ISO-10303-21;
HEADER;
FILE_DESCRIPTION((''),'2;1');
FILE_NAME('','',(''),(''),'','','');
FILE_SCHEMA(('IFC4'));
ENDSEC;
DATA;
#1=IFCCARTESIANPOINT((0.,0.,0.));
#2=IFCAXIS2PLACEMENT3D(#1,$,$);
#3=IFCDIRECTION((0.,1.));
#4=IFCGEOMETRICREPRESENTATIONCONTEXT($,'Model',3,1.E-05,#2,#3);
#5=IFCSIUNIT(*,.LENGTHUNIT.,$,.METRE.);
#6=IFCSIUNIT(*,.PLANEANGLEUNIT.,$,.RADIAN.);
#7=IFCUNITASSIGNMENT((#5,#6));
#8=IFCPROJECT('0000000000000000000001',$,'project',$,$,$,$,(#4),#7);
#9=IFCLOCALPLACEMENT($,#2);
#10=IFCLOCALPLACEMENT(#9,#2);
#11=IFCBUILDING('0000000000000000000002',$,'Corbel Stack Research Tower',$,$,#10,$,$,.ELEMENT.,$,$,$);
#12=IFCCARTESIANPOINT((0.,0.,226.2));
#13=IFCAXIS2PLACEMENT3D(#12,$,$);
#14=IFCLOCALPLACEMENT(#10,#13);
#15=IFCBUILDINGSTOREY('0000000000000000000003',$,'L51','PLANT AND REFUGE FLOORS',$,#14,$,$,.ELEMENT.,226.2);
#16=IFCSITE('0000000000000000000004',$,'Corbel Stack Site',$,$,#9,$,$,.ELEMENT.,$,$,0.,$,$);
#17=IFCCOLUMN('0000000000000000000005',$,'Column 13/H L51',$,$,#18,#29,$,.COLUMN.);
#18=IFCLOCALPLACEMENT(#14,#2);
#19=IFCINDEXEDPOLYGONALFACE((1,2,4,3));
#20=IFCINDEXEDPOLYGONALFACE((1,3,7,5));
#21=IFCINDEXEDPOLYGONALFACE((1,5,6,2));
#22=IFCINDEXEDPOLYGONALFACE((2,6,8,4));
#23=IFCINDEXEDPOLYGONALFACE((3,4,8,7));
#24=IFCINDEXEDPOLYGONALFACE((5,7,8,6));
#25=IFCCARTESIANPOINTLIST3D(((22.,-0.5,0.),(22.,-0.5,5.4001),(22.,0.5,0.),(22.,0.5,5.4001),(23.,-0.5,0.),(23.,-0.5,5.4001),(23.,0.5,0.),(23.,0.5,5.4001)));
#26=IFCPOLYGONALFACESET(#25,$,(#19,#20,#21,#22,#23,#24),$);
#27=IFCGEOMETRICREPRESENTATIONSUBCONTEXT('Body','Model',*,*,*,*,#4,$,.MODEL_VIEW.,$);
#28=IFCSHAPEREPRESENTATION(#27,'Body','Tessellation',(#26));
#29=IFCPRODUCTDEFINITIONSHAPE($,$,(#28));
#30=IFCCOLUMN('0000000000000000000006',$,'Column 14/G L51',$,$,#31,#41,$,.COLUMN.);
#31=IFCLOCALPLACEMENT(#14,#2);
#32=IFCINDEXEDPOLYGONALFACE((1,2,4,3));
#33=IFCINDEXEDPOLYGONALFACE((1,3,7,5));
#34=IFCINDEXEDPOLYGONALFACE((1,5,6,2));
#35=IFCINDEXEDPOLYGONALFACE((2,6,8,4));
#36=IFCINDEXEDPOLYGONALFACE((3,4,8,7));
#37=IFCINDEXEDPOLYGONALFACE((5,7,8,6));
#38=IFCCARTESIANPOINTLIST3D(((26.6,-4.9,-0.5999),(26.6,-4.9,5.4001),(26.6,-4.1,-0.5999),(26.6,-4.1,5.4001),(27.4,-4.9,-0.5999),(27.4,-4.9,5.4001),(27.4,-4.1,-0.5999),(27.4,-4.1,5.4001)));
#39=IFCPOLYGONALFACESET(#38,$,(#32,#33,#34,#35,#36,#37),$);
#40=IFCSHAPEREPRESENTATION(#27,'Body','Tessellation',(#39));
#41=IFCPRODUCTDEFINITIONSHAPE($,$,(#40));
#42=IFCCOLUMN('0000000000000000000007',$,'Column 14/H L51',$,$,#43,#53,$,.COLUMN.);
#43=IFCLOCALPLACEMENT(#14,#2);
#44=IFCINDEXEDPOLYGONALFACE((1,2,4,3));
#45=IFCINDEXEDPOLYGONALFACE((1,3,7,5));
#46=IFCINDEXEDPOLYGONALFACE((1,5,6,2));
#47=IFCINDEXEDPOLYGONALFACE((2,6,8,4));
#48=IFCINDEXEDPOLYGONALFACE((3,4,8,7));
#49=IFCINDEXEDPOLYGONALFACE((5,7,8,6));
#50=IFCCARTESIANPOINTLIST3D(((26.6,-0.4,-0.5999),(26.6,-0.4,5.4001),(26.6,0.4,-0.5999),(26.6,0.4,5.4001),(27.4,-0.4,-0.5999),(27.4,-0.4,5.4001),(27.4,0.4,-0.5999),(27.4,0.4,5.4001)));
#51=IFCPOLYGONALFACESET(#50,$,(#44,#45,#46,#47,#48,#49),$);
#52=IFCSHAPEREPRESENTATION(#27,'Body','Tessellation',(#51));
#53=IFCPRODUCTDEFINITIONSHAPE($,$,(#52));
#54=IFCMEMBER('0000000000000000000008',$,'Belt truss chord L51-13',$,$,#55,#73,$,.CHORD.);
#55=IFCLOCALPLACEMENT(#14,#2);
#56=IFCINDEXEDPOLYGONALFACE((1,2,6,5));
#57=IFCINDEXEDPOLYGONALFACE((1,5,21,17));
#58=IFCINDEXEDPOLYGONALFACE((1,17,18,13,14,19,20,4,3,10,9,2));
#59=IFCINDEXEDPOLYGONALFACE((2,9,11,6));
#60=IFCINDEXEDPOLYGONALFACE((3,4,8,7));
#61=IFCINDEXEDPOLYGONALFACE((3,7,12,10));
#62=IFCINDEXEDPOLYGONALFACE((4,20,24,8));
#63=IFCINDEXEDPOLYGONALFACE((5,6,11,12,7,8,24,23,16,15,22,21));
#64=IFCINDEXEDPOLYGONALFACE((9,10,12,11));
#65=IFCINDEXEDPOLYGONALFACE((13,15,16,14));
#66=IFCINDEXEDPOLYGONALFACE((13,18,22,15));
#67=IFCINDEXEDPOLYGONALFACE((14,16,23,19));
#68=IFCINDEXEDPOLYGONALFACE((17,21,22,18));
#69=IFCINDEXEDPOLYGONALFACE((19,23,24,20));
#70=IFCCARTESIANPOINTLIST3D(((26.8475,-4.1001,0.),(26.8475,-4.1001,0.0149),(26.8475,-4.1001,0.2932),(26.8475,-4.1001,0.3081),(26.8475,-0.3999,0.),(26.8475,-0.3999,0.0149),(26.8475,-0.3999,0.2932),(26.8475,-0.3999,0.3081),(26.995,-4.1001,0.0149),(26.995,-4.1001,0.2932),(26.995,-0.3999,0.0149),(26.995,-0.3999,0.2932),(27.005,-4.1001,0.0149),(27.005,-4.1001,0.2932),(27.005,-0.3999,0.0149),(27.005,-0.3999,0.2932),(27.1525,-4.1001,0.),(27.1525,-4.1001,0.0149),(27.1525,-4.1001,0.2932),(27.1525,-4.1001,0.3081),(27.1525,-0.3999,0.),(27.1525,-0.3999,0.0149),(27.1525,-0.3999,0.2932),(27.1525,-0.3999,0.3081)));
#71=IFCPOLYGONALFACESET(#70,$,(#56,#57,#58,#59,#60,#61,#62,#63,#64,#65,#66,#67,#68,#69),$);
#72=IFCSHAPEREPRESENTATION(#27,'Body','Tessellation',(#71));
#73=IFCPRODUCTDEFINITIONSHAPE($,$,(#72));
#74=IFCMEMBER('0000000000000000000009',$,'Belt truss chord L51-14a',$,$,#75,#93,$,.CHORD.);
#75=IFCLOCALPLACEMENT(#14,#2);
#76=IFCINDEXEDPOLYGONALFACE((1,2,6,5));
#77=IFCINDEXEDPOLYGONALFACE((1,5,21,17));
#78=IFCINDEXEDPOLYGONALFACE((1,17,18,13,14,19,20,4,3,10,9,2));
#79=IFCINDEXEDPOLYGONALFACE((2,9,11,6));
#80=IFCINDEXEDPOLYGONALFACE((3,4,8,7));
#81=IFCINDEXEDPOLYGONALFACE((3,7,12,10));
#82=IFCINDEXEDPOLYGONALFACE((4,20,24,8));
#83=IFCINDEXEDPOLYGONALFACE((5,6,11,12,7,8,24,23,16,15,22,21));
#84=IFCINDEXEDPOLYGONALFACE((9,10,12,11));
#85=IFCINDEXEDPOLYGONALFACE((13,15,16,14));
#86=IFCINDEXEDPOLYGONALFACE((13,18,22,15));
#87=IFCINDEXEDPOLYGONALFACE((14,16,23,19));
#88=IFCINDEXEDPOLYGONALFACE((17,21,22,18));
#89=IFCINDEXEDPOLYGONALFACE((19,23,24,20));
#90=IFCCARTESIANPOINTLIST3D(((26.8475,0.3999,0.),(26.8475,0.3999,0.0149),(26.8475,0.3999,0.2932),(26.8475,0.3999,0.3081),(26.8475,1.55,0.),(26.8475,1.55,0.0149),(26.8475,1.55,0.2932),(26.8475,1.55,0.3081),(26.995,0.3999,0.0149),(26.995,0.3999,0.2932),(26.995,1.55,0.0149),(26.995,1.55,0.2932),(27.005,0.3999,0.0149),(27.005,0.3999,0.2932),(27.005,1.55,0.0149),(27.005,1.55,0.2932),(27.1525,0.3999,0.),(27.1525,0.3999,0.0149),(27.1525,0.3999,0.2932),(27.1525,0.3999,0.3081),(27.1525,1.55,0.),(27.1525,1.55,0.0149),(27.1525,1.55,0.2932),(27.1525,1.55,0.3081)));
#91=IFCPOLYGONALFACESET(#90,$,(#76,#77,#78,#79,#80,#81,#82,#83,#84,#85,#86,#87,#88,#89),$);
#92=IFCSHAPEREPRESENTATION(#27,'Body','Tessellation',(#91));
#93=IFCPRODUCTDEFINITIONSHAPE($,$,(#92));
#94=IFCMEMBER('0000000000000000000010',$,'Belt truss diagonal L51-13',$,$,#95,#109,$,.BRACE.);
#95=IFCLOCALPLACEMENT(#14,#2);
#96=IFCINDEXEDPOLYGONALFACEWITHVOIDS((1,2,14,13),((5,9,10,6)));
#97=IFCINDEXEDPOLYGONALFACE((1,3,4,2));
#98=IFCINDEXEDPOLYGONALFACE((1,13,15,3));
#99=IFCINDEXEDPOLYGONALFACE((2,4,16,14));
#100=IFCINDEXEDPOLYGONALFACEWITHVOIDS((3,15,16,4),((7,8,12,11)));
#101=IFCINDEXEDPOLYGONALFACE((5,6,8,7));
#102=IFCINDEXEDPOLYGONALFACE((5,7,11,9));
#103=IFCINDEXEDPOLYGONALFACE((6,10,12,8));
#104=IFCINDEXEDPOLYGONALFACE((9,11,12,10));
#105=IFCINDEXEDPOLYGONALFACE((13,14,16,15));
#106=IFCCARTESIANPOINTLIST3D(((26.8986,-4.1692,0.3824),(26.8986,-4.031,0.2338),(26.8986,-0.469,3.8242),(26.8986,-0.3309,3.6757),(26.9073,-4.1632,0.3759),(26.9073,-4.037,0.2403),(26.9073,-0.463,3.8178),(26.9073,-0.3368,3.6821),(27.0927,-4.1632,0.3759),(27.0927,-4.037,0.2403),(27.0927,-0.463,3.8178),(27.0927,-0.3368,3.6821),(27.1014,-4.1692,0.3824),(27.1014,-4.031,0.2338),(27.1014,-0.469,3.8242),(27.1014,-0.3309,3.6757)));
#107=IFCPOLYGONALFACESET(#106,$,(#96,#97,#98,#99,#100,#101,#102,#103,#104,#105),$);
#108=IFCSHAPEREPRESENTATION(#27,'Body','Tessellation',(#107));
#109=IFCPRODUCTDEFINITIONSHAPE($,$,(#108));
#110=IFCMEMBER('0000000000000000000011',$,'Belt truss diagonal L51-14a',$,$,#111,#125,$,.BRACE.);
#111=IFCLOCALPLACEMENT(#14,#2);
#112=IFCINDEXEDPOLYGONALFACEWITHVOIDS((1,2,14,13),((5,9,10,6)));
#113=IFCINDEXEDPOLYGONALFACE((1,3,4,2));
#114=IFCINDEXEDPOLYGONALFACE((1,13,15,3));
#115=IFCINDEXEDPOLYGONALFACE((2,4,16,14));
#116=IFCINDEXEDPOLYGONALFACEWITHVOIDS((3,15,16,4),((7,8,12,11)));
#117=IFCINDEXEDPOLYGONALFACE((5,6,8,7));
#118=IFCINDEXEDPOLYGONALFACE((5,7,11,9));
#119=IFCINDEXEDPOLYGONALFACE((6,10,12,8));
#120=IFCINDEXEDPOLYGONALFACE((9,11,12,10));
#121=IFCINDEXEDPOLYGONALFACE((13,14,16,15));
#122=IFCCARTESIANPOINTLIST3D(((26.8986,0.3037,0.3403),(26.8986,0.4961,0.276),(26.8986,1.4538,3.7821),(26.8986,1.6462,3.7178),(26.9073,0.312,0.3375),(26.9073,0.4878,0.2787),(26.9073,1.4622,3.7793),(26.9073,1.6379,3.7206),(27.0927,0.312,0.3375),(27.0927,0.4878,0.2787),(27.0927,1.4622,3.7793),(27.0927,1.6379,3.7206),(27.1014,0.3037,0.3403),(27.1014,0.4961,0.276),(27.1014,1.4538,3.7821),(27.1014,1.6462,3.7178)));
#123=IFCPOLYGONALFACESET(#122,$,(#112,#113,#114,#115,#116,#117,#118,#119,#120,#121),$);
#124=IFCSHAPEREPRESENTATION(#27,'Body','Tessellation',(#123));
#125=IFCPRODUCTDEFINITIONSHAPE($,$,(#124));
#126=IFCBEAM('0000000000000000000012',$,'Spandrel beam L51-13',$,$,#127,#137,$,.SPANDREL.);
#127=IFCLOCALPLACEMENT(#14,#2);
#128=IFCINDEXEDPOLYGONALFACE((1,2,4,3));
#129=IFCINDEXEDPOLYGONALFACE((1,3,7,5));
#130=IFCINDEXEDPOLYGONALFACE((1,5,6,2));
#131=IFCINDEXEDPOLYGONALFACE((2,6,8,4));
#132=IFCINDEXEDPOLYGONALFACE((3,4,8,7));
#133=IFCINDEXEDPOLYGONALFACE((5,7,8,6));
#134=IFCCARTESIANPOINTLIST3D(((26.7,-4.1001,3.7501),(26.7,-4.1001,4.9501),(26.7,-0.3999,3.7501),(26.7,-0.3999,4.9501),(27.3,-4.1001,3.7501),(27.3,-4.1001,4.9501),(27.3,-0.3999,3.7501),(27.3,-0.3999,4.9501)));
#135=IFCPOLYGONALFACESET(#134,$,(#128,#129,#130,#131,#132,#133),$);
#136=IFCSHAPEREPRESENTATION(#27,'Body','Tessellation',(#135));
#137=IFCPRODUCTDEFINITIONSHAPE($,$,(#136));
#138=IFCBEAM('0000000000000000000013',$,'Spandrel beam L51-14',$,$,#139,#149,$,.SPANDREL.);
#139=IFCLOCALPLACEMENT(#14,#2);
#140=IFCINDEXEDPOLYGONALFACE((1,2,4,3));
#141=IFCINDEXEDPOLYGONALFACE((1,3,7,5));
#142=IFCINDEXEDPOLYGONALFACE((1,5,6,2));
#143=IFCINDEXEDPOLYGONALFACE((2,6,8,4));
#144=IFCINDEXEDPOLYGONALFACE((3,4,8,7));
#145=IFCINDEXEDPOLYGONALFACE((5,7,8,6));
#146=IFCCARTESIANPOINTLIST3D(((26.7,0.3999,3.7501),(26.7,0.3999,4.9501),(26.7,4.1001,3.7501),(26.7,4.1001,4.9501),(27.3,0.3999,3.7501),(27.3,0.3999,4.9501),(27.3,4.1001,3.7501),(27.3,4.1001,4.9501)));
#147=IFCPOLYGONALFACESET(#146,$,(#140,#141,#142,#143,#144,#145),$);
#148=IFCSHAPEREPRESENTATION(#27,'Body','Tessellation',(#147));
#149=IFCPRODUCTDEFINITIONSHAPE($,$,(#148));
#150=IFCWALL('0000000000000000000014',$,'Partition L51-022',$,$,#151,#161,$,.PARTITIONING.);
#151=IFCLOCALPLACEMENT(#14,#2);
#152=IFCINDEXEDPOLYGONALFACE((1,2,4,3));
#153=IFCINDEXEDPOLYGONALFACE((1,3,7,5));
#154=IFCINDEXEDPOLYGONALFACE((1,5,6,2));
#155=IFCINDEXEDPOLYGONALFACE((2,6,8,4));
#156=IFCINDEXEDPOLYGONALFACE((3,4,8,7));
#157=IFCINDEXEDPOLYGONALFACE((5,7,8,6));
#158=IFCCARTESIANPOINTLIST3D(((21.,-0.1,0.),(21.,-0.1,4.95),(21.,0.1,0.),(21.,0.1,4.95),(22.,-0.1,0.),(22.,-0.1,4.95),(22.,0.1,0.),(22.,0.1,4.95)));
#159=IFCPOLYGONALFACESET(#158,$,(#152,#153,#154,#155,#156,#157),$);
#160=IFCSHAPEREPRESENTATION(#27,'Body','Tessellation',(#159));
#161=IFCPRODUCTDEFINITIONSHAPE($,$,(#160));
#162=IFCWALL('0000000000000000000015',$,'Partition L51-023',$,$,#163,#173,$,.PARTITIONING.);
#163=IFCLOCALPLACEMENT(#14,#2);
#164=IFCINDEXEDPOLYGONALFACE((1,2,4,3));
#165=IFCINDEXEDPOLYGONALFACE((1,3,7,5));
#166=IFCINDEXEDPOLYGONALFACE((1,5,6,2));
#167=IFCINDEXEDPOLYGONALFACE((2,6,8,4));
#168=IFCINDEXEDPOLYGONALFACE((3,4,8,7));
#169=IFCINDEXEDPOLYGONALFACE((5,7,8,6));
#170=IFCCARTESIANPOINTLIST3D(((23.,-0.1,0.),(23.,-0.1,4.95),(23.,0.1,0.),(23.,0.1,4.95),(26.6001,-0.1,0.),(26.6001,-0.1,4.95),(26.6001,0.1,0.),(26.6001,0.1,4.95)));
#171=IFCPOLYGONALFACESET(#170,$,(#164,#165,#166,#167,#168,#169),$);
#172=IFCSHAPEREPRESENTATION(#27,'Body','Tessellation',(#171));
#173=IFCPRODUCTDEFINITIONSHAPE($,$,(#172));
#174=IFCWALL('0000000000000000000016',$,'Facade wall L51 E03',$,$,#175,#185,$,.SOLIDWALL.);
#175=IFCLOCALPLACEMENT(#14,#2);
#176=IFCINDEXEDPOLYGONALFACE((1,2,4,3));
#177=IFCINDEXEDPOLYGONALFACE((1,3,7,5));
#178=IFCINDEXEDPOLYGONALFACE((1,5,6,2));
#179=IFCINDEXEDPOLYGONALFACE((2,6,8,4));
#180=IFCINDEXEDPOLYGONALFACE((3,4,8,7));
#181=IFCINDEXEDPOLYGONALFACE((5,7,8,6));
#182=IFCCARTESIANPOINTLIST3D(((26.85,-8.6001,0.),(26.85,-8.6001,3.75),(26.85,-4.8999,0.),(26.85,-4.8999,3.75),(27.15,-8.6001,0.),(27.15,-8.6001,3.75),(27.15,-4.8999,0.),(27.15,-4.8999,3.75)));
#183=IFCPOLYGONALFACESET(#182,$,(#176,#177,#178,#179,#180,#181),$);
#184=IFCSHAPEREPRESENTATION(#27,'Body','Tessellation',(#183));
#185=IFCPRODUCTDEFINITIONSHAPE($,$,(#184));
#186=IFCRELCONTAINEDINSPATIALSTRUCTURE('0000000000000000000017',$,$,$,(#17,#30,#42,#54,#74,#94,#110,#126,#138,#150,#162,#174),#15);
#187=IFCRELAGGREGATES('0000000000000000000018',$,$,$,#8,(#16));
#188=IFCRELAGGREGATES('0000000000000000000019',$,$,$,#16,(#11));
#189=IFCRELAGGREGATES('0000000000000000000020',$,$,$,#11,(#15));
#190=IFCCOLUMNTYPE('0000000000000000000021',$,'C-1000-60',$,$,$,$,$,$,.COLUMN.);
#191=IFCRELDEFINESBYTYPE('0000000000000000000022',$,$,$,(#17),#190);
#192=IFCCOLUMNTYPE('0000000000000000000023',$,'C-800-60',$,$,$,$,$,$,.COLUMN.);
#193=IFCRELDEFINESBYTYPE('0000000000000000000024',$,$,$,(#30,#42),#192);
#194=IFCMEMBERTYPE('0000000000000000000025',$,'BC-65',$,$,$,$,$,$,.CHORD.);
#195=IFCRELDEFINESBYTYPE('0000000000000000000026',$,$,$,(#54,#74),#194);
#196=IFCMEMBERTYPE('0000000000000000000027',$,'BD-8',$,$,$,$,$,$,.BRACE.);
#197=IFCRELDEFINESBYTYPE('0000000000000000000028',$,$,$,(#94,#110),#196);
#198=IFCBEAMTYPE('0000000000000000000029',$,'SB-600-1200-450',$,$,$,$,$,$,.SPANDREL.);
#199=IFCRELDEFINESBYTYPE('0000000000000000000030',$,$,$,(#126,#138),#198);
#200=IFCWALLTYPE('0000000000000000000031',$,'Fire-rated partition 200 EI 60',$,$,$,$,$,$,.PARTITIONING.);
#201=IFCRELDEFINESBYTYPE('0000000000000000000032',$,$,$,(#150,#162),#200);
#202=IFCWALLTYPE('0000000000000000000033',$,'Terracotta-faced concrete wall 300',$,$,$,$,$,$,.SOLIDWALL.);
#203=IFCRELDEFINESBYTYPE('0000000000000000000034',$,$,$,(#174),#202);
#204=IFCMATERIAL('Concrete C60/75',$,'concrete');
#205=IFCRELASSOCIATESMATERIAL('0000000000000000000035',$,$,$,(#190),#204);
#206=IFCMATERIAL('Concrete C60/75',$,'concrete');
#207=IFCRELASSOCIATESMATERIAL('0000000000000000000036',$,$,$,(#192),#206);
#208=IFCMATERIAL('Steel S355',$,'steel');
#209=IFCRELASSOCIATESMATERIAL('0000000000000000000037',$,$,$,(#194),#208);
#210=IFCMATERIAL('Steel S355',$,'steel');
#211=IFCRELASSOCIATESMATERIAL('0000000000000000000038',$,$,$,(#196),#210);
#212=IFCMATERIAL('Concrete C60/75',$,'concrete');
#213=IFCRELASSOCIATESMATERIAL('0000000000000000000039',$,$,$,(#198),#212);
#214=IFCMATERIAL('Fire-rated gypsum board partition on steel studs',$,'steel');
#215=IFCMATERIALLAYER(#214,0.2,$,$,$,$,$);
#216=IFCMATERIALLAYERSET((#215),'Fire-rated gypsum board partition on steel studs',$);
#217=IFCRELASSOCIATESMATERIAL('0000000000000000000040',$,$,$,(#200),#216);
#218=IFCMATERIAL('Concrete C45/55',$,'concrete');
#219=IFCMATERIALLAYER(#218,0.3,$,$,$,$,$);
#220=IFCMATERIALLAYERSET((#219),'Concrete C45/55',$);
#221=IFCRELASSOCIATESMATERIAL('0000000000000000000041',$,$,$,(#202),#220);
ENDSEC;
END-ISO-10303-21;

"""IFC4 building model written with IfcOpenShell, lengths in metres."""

from ifc_helpers import new_model, si_unit, direction, frame, frame_2d, origin, origin_2d, place, context, subcontext, project, spatial, rectangle, hollow_rectangle, i_section, extrude, material, layer, layer_set, material_profile, profile_set, type_object, element, save


model = new_model("IFC4")

# Units and contexts
model_context = context("Model", 3, precision=1e-05, world=origin(), true_north=direction((0.0, 1.0)))
body_context = subcontext(model_context, "Body", "Model", "MODEL_VIEW")
ifc_project = project(units=[si_unit("LENGTHUNIT", "METRE"), si_unit("PLANEANGLEUNIT", "RADIAN")], contexts=[model_context])

# Site, building, storey
site_placement = place(None, origin())
site = spatial("IfcSite", under=ifc_project, at=site_placement, Name="Corbel Stack Site", CompositionType="ELEMENT", RefElevation=0.0)
building_placement = place(site_placement, origin())
building = spatial("IfcBuilding", under=site, at=building_placement, Name="Corbel Stack Research Tower", CompositionType="ELEMENT")
storey_placement = place(building_placement, frame((0.0, 0.0, 226.2)))
storey = spatial("IfcBuildingStorey", under=building, at=storey_placement, Name="L51", Description="PLANT AND REFUGE FLOORS", CompositionType="ELEMENT", Elevation=226.2)

# Columns
ifc_material_1 = material(Name="Concrete C60/75", Category="concrete")
ifc_material_profile_1 = material_profile(ifc_material_1, rectangle(XDim=1.0, YDim=1.0, at=origin_2d()), Name="RC 1000 x 1000")
ifc_profile_set_1 = profile_set([ifc_material_profile_1], Name="Concrete C60/75")
column_type_1 = type_object("IfcColumnType", Name="C-1000-60", PredefinedType="COLUMN", material=ifc_profile_set_1)
column_placement = place(storey_placement, frame((22.5, 0.0, 0.0), z_axis=(0.0, 0.0, 1.0), x_axis=(1.0, 0.0, 0.0)))
element("IfcColumn", 1, at=column_placement, inside=storey, type_object=column_type_1, Name="Column 13/H L51", PredefinedType="COLUMN", context=body_context, shape_type="SweptSolid", body=[
    extrude(rectangle(XDim=1.0, YDim=1.0, at=origin_2d()), origin(), (0.0, 0.0, 1.0), 5.4001),
])
ifc_material_2 = material(Name="Concrete C60/75", Category="concrete")
ifc_material_profile_2 = material_profile(ifc_material_2, rectangle(XDim=0.8, YDim=0.8, at=origin_2d()), Name="RC 800 x 800")
ifc_profile_set_2 = profile_set([ifc_material_profile_2], Name="Concrete C60/75")
column_type_2 = type_object("IfcColumnType", Name="C-800-60", PredefinedType="COLUMN", material=ifc_profile_set_2)
for number, where, z_axis, x_axis, name in (
    (2, (27.0, -4.5, -0.5999), (0.0, 0.0, 1.0), (1.0, 0.0, 0.0), "Column 14/G L51"),
    (3, (27.0, 0.0, -0.5999), (0.0, 0.0, 1.0), (1.0, 0.0, 0.0), "Column 14/H L51"),
):
    element("IfcColumn", number, at=place(storey_placement, frame(where, z_axis=z_axis, x_axis=x_axis)), inside=storey, type_object=column_type_2, Name=name, PredefinedType="COLUMN", context=body_context, shape_type="SweptSolid", body=[
        extrude(rectangle(XDim=0.8, YDim=0.8, at=origin_2d()), origin(), (0.0, 0.0, 1.0), 6.0),
    ])

# Members
ifc_material_3 = material(Name="Steel S355", Category="steel")
ifc_material_profile_3 = material_profile(ifc_material_3, i_section(OverallWidth=0.3049, OverallDepth=0.3081, WebThickness=0.01, FlangeThickness=0.0149, at=origin_2d()), Name="W12x65")
ifc_profile_set_3 = profile_set([ifc_material_profile_3], Name="Steel S355")
member_type_1 = type_object("IfcMemberType", Name="BC-65", PredefinedType="CHORD", material=ifc_profile_set_3)
member_1_placement = place(storey_placement, frame((27.0, -4.1001, 0.1541), z_axis=(0.0, 1.0, 0.0), x_axis=(-1.0, 0.0, 0.0)))
element("IfcMember", 4, at=member_1_placement, inside=storey, type_object=member_type_1, Name="Belt truss chord L51-13", PredefinedType="CHORD", context=body_context, shape_type="SweptSolid", body=[
    extrude(i_section(OverallWidth=0.3049, OverallDepth=0.3081, WebThickness=0.01, FlangeThickness=0.0149, at=origin_2d()), origin(), (0.0, 0.0, 1.0), 3.7002),
])
member_2_placement = place(storey_placement, frame((27.0, 0.3999, 0.1541), z_axis=(0.0, 1.0, 0.0), x_axis=(-1.0, 0.0, 0.0)))
element("IfcMember", 5, at=member_2_placement, inside=storey, type_object=member_type_1, Name="Belt truss chord L51-14a", PredefinedType="CHORD", context=body_context, shape_type="SweptSolid", body=[
    extrude(i_section(OverallWidth=0.3049, OverallDepth=0.3081, WebThickness=0.01, FlangeThickness=0.0149, at=origin_2d()), origin(), (0.0, 0.0, 1.0), 1.1501),
])
ifc_material_4 = material(Name="Steel S355", Category="steel")
ifc_material_profile_4 = material_profile(ifc_material_4, hollow_rectangle(XDim=0.2029, YDim=0.2029, WallThickness=0.0088, at=origin_2d()), Name="HSS8x8x3/8")
ifc_profile_set_4 = profile_set([ifc_material_profile_4], Name="Steel S355")
member_type_2 = type_object("IfcMemberType", Name="BD-8", PredefinedType="BRACE", material=ifc_profile_set_4)
member_3_placement = place(storey_placement, frame((27.0, -4.1001, 0.3081), z_axis=(0.0, 0.732201, 0.681088), x_axis=(-1.0, 0.0, 0.0)))
element("IfcMember", 6, at=member_3_placement, inside=storey, type_object=member_type_2, Name="Belt truss diagonal L51-13", PredefinedType="BRACE", context=body_context, shape_type="SweptSolid", body=[
    extrude(hollow_rectangle(XDim=0.2029, YDim=0.2029, WallThickness=0.0088, at=origin_2d()), origin(), (0.0, 0.0, 1.0), 5.0535),
])
member_4_placement = place(storey_placement, frame((27.0, 0.3999, 0.3081), z_axis=(0.0, 0.316934, 0.948448), x_axis=(-1.0, 0.0, 0.0)))
element("IfcMember", 7, at=member_4_placement, inside=storey, type_object=member_type_2, Name="Belt truss diagonal L51-14a", PredefinedType="BRACE", context=body_context, shape_type="SweptSolid", body=[
    extrude(hollow_rectangle(XDim=0.2029, YDim=0.2029, WallThickness=0.0088, at=origin_2d()), origin(), (0.0, 0.0, 1.0), 3.6289),
])

# Beams
ifc_material_5 = material(Name="Concrete C60/75", Category="concrete")
ifc_material_profile_5 = material_profile(ifc_material_5, rectangle(XDim=0.6001, YDim=1.2, at=origin_2d()), Name="RC 600 x 1200")
ifc_profile_set_5 = profile_set([ifc_material_profile_5], Name="Concrete C60/75")
beam_type = type_object("IfcBeamType", Name="SB-600-1200-450", PredefinedType="SPANDREL", material=ifc_profile_set_5)
for number, where, z_axis, x_axis, name in (
    (8, (27.0, -4.1001, 4.3501), (0.0, 1.0, 0.0), (-1.0, 0.0, 0.0), "Spandrel beam L51-13"),
    (9, (27.0, 0.3999, 4.3501), (0.0, 1.0, 0.0), (-1.0, 0.0, 0.0), "Spandrel beam L51-14"),
):
    element("IfcBeam", number, at=place(storey_placement, frame(where, z_axis=z_axis, x_axis=x_axis)), inside=storey, type_object=beam_type, Name=name, PredefinedType="SPANDREL", context=body_context, shape_type="SweptSolid", body=[
        extrude(rectangle(XDim=0.6001, YDim=1.2, at=origin_2d()), origin(), (0.0, 0.0, 1.0), 3.7002),
    ])

# Walls
ifc_material_6 = material(Name="Fire-rated gypsum board partition on steel studs", Category="steel")
ifc_layer_1 = layer(ifc_material_6, 0.2)
ifc_layer_set_1 = layer_set([ifc_layer_1], Name="Fire-rated gypsum board partition on steel studs")
wall_type_1 = type_object("IfcWallType", Name="Fire-rated partition 200 EI 60", PredefinedType="PARTITIONING", material=ifc_layer_set_1)
wall_1_placement = place(storey_placement, frame((21.0, 0.0, 0.0), z_axis=(0.0, 0.0, 1.0), x_axis=(1.0, 0.0, 0.0)))
element("IfcWall", 10, at=wall_1_placement, inside=storey, type_object=wall_type_1, Name="Partition L51-022", PredefinedType="PARTITIONING", context=body_context, shape_type="SweptSolid", body=[
    extrude(rectangle(XDim=1.0, YDim=0.2, at=frame_2d((0.5, 0.0))), origin(), (0.0, 0.0, 1.0), 4.95),
])
wall_2_placement = place(storey_placement, frame((23.0, 0.0, 0.0), z_axis=(0.0, 0.0, 1.0), x_axis=(1.0, 0.0, 0.0)))
element("IfcWall", 11, at=wall_2_placement, inside=storey, type_object=wall_type_1, Name="Partition L51-023", PredefinedType="PARTITIONING", context=body_context, shape_type="SweptSolid", body=[
    extrude(rectangle(XDim=3.6001, YDim=0.2, at=frame_2d((1.8, 0.0))), origin(), (0.0, 0.0, 1.0), 4.95),
])
ifc_material_7 = material(Name="Concrete C45/55", Category="concrete")
ifc_layer_2 = layer(ifc_material_7, 0.3)
ifc_layer_set_2 = layer_set([ifc_layer_2], Name="Concrete C45/55")
wall_type_2 = type_object("IfcWallType", Name="Terracotta-faced concrete wall 300", PredefinedType="SOLIDWALL", material=ifc_layer_set_2)
for number, where, z_axis, x_axis, name in (
    (12, (27.0, -4.8999, 0.0), (0.0, 0.0, 1.0), (0.0, -1.0, 0.0), "Facade wall L51 E03"),
):
    element("IfcWall", number, at=place(storey_placement, frame(where, z_axis=z_axis, x_axis=x_axis)), inside=storey, type_object=wall_type_2, Name=name, PredefinedType="SOLIDWALL", context=body_context, shape_type="SweptSolid", body=[
        extrude(rectangle(XDim=3.7002, YDim=0.3, at=frame_2d((1.8501, 0.0))), origin(), (0.0, 0.0, 1.0), 3.75),
    ])

save(model, "model.ifc")
